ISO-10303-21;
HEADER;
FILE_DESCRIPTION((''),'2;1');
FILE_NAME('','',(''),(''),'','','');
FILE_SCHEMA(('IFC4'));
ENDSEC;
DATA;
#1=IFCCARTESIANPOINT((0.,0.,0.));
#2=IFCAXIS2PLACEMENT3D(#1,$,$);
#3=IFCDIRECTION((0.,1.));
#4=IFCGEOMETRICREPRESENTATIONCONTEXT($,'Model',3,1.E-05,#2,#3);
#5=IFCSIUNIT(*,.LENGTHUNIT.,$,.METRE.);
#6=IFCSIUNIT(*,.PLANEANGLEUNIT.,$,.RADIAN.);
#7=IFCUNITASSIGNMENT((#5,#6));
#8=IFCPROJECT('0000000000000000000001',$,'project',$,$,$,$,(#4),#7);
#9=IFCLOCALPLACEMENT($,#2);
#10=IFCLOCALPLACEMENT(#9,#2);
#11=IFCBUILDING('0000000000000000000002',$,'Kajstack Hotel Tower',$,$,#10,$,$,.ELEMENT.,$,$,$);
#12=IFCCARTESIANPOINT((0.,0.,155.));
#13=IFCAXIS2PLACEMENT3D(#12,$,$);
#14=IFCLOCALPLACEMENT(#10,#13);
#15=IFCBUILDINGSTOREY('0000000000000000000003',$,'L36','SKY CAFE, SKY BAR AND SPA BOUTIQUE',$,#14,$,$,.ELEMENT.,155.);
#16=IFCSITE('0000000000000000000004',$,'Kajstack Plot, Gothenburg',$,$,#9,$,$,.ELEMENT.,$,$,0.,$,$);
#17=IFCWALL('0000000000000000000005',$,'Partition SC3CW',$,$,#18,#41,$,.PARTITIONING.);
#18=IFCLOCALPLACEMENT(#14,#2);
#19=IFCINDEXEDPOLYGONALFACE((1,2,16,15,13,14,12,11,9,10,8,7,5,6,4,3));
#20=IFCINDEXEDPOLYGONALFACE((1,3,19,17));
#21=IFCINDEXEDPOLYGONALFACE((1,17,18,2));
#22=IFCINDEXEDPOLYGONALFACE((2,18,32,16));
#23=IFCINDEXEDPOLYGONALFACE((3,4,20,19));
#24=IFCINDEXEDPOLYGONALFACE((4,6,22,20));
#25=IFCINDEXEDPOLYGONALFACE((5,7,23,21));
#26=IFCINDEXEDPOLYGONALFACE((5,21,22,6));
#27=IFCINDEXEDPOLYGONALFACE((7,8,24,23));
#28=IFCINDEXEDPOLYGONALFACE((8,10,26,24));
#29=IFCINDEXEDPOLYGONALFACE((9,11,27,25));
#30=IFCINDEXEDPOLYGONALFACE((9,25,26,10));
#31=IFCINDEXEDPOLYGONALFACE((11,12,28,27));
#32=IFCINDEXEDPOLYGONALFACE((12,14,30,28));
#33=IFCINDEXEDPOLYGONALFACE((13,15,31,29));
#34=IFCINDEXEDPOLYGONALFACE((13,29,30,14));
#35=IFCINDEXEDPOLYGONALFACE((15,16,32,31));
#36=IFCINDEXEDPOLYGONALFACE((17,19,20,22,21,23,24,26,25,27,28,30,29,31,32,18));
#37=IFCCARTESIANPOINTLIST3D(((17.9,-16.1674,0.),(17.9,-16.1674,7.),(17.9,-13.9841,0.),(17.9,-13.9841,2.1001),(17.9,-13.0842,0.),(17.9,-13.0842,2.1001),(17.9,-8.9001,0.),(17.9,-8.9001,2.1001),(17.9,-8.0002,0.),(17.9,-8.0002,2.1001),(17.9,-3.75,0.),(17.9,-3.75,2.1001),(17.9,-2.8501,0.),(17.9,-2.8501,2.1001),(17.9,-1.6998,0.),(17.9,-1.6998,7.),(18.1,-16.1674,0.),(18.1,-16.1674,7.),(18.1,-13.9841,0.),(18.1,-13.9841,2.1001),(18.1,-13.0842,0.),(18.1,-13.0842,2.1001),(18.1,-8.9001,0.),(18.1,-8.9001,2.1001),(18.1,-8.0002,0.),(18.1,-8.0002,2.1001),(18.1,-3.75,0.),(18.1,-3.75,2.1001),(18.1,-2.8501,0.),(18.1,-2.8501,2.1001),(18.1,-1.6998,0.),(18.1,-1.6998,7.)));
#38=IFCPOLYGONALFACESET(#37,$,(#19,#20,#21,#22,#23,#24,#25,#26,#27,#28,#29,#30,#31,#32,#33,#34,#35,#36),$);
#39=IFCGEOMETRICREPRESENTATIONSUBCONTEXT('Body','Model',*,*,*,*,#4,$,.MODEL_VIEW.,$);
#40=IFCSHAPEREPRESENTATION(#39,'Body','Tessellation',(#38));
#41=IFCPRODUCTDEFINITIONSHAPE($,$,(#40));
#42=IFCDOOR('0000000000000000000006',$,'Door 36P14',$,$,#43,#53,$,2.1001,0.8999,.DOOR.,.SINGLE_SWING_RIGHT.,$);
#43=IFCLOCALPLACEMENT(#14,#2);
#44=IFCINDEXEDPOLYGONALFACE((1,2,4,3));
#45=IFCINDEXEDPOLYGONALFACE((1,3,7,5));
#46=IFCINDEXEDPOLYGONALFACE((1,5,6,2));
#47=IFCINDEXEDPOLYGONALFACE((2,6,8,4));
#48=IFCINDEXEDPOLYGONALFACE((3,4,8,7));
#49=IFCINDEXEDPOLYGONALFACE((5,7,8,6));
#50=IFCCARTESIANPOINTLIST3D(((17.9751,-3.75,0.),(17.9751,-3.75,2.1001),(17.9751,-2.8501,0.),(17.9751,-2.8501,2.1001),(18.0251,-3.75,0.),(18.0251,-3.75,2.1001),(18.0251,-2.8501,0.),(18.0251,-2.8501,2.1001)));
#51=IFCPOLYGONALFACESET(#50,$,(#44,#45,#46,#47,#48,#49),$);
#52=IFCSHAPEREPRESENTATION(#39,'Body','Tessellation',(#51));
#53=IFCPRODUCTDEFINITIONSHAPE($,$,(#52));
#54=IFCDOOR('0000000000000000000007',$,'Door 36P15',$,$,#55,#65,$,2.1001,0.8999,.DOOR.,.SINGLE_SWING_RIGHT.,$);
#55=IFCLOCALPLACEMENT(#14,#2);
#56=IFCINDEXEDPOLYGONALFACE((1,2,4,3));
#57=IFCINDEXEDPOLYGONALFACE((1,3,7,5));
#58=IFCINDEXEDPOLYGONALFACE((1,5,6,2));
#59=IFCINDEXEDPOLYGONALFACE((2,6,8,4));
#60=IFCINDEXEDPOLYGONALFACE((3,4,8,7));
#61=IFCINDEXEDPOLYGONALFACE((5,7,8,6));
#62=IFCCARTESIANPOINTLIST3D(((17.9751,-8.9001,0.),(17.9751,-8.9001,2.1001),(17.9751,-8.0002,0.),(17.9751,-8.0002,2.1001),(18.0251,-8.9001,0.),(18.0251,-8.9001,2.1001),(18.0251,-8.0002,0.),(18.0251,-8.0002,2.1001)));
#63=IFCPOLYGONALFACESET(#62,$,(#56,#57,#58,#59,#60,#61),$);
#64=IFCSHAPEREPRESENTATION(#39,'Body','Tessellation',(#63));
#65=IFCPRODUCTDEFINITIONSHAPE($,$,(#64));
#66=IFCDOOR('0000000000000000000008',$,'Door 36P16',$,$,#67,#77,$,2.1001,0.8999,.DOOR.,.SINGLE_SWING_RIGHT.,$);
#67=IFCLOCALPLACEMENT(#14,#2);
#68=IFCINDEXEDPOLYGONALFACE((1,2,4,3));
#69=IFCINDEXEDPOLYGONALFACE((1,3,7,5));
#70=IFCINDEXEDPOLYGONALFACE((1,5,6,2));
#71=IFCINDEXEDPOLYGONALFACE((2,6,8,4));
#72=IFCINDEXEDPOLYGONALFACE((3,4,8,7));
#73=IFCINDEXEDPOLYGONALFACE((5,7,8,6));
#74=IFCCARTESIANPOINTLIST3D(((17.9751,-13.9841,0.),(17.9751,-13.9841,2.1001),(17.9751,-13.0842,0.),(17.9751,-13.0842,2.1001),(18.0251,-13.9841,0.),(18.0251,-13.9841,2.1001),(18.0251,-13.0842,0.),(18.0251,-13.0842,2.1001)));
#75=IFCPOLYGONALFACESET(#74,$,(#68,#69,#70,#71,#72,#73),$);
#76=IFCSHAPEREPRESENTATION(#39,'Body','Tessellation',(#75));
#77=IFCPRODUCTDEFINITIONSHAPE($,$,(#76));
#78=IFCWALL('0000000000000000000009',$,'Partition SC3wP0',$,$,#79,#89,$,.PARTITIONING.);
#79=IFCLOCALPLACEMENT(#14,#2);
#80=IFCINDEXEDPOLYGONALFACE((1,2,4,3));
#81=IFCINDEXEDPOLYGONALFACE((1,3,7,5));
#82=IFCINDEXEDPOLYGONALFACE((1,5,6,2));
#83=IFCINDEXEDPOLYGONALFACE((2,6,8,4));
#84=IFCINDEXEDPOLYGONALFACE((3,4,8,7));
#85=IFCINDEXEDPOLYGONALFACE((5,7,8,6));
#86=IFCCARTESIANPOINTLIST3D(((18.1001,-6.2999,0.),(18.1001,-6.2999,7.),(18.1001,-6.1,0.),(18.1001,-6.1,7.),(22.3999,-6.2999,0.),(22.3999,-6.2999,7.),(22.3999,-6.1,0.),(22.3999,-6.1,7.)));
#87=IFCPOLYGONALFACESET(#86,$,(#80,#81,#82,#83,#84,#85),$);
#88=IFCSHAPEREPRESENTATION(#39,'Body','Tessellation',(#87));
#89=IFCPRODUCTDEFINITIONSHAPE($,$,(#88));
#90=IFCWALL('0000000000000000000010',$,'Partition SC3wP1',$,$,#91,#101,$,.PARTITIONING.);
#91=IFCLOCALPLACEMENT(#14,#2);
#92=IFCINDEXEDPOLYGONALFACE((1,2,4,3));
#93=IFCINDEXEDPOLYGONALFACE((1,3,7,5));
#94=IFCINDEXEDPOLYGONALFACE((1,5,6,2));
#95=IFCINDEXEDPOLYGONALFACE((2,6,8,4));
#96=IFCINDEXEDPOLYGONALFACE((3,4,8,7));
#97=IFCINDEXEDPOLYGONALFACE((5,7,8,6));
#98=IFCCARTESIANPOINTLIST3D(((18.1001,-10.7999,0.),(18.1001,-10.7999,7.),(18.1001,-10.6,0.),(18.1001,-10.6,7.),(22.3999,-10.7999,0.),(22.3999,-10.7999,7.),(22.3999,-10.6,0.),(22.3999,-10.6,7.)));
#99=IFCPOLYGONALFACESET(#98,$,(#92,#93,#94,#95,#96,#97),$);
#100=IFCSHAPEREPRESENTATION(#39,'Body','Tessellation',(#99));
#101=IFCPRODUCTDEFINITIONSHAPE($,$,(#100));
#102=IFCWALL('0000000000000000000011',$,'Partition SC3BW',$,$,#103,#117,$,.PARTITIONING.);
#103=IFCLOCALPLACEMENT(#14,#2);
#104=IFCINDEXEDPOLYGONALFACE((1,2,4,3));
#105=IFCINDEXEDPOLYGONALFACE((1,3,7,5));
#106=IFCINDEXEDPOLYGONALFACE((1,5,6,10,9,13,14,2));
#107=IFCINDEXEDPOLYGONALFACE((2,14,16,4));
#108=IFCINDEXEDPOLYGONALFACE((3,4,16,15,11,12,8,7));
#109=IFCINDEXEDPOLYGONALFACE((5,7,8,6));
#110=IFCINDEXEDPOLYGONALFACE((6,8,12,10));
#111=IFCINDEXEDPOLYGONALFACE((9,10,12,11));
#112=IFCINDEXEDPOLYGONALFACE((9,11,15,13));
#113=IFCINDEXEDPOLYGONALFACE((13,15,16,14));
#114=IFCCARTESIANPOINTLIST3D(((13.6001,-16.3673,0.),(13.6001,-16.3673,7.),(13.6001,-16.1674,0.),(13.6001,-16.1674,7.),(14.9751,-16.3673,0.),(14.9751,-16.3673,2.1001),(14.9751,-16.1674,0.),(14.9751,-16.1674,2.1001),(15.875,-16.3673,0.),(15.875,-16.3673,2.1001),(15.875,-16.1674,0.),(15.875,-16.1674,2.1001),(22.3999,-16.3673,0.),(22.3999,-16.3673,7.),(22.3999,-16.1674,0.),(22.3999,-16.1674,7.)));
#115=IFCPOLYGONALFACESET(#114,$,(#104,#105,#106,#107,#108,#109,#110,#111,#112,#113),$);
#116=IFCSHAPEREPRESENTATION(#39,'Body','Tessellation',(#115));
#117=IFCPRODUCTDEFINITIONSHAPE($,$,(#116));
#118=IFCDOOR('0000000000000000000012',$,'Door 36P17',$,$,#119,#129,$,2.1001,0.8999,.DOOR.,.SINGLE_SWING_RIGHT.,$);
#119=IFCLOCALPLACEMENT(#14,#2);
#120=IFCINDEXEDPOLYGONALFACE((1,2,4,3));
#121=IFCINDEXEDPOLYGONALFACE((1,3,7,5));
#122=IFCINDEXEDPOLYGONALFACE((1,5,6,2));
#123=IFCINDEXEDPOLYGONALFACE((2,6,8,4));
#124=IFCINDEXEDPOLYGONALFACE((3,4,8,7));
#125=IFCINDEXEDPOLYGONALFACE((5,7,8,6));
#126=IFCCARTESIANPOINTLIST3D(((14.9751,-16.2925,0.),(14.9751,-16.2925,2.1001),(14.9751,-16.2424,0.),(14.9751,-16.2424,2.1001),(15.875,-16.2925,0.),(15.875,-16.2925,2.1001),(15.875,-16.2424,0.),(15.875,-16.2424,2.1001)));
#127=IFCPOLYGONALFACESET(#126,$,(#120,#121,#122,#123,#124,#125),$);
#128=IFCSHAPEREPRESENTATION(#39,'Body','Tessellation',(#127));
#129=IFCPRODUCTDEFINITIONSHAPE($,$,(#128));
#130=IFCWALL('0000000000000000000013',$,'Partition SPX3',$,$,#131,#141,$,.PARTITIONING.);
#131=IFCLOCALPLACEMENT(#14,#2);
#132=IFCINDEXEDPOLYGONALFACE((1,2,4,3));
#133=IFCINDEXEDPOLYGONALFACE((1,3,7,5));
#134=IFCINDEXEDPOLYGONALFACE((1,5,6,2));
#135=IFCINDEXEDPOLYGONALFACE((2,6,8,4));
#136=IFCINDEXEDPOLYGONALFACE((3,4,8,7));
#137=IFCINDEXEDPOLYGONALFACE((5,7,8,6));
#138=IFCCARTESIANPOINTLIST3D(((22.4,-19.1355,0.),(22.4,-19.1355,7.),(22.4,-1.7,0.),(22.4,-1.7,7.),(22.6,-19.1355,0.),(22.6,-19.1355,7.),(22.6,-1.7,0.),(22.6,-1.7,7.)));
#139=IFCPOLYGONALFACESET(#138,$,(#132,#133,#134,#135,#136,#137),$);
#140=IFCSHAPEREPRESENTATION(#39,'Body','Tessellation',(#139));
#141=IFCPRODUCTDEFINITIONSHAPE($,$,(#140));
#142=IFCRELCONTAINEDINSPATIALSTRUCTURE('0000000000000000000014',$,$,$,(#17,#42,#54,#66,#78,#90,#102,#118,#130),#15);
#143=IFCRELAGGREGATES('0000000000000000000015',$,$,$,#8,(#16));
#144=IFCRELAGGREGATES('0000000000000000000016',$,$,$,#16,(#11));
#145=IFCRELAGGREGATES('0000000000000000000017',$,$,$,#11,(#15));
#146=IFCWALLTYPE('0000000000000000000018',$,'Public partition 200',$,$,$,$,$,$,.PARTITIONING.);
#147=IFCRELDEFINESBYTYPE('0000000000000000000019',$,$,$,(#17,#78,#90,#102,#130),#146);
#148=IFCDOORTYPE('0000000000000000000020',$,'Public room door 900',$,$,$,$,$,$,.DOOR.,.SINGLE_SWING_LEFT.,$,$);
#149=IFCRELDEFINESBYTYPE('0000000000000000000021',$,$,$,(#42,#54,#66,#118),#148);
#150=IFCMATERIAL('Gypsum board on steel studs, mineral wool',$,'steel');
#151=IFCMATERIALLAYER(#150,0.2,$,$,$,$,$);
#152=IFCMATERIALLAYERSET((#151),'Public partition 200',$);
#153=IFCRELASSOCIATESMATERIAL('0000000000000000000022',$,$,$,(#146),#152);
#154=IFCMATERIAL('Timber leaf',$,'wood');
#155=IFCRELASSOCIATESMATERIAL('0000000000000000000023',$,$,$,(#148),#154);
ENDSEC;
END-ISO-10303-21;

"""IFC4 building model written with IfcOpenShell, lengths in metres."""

from ifc_helpers import new_model, si_unit, direction, frame, frame_2d, origin, place, context, subcontext, project, spatial, rectangle, extrude, material, layer, layer_set, type_object, element, fill, save


model = new_model("IFC4")

# Units and contexts
model_context = context("Model", 3, precision=1e-05, world=origin(), true_north=direction((0.0, 1.0)))
body_context = subcontext(model_context, "Body", "Model", "MODEL_VIEW")
ifc_project = project(units=[si_unit("LENGTHUNIT", "METRE"), si_unit("PLANEANGLEUNIT", "RADIAN")], contexts=[model_context])

# Site, building, storey
site_placement = place(None, origin())
site = spatial("IfcSite", under=ifc_project, at=site_placement, Name="Kajstack Plot, Gothenburg", CompositionType="ELEMENT", RefElevation=0.0)
building_placement = place(site_placement, origin())
building = spatial("IfcBuilding", under=site, at=building_placement, Name="Kajstack Hotel Tower", CompositionType="ELEMENT")
storey_placement = place(building_placement, frame((0.0, 0.0, 155.0)))
storey = spatial("IfcBuildingStorey", under=building, at=storey_placement, Name="L36", Description="SKY CAFE, SKY BAR AND SPA BOUTIQUE", CompositionType="ELEMENT", Elevation=155.0)

# Wall, openings, doors
ifc_material_1 = material(Name="Gypsum board on steel studs, mineral wool", Category="steel")
ifc_layer_1 = layer(ifc_material_1, 0.2)
ifc_layer_set_1 = layer_set([ifc_layer_1], Name="Public partition 200")
wall_type = type_object("IfcWallType", Name="Public partition 200", PredefinedType="PARTITIONING", material=ifc_layer_set_1)
wall_1_placement = place(storey_placement, frame((18.0, -16.1675, 0.0), z_axis=(0.0, 0.0, 1.0), x_axis=(0.0, 1.0, 0.0)))
wall_1 = element("IfcWall", 1, at=wall_1_placement, inside=storey, type_object=wall_type, Name="Partition SC3CW", PredefinedType="PARTITIONING", context=body_context, shape_type="SweptSolid", body=[
    extrude(rectangle(XDim=14.4675, YDim=0.2, at=frame_2d((7.2339, 0.0))), origin(), (0.0, 0.0, 1.0), 7.0),
])
opening_1_placement = place(wall_1_placement, frame((12.4175, 0.0, 0.0)))
opening_1 = element("IfcOpeningElement", 2, at=opening_1_placement, cuts=wall_1, PredefinedType="OPENING", context=body_context, shape_type="SweptSolid", body=[
    extrude(rectangle(XDim=0.8999, YDim=2.1001, at=frame_2d((0.45, 1.05))), frame((0.0, 0.1099, 0.0), z_axis=(0.0, -1.0, 0.0), x_axis=(1.0, 0.0, 0.0)), (0.0, 0.0, 1.0), 0.22),
])
opening_2_placement = place(wall_1_placement, frame((7.2673, 0.0, 0.0)))
opening_2 = element("IfcOpeningElement", 3, at=opening_2_placement, cuts=wall_1, PredefinedType="OPENING", context=body_context, shape_type="SweptSolid", body=[
    extrude(rectangle(XDim=0.8999, YDim=2.1001, at=frame_2d((0.45, 1.05))), frame((0.0, 0.1099, 0.0), z_axis=(0.0, -1.0, 0.0), x_axis=(1.0, 0.0, 0.0)), (0.0, 0.0, 1.0), 0.22),
])
opening_3_placement = place(wall_1_placement, frame((2.1833, 0.0, 0.0)))
opening_3 = element("IfcOpeningElement", 4, at=opening_3_placement, cuts=wall_1, PredefinedType="OPENING", context=body_context, shape_type="SweptSolid", body=[
    extrude(rectangle(XDim=0.8999, YDim=2.1001, at=frame_2d((0.45, 1.05))), frame((0.0, 0.1099, 0.0), z_axis=(0.0, -1.0, 0.0), x_axis=(1.0, 0.0, 0.0)), (0.0, 0.0, 1.0), 0.22),
])
ifc_material_2 = material(Name="Timber leaf", Category="wood")
door_type = type_object("IfcDoorType", Name="Public room door 900", OperationType="SINGLE_SWING_LEFT", PredefinedType="DOOR", material=ifc_material_2)
door_1_placement = place(opening_1_placement, origin())
door_1 = element("IfcDoor", 5, at=door_1_placement, inside=storey, type_object=door_type, Name="Door 36P14", OperationType="SINGLE_SWING_RIGHT", OverallHeight=2.1001, OverallWidth=0.8999, PredefinedType="DOOR", context=body_context, shape_type="SweptSolid", body=[
    extrude(rectangle(XDim=0.8999, YDim=2.1001, at=frame_2d((0.45, 1.05))), frame((0.0, 0.0249, 0.0), z_axis=(0.0, -1.0, 0.0), x_axis=(1.0, 0.0, 0.0)), (0.0, 0.0, 1.0), 0.05),
])
fill(opening_1, door_1)
door_2_placement = place(opening_2_placement, origin())
door_2 = element("IfcDoor", 6, at=door_2_placement, inside=storey, type_object=door_type, Name="Door 36P15", OperationType="SINGLE_SWING_RIGHT", OverallHeight=2.1001, OverallWidth=0.8999, PredefinedType="DOOR", context=body_context, shape_type="SweptSolid", body=[
    extrude(rectangle(XDim=0.8999, YDim=2.1001, at=frame_2d((0.45, 1.05))), frame((0.0, 0.0249, 0.0), z_axis=(0.0, -1.0, 0.0), x_axis=(1.0, 0.0, 0.0)), (0.0, 0.0, 1.0), 0.05),
])
fill(opening_2, door_2)
door_3_placement = place(opening_3_placement, origin())
door_3 = element("IfcDoor", 7, at=door_3_placement, inside=storey, type_object=door_type, Name="Door 36P16", OperationType="SINGLE_SWING_RIGHT", OverallHeight=2.1001, OverallWidth=0.8999, PredefinedType="DOOR", context=body_context, shape_type="SweptSolid", body=[
    extrude(rectangle(XDim=0.8999, YDim=2.1001, at=frame_2d((0.45, 1.05))), frame((0.0, 0.0249, 0.0), z_axis=(0.0, -1.0, 0.0), x_axis=(1.0, 0.0, 0.0)), (0.0, 0.0, 1.0), 0.05),
])
fill(opening_3, door_3)

# Walls
for number, where, z_axis, x_axis, name in (
    (8, (18.1001, -6.2, 0.0), (0.0, 0.0, 1.0), (1.0, 0.0, 0.0), "Partition SC3wP0"),
    (9, (18.1001, -10.7, 0.0), (0.0, 0.0, 1.0), (1.0, 0.0, 0.0), "Partition SC3wP1"),
):
    element("IfcWall", number, at=place(storey_placement, frame(where, z_axis=z_axis, x_axis=x_axis)), inside=storey, type_object=wall_type, Name=name, PredefinedType="PARTITIONING", context=body_context, shape_type="SweptSolid", body=[
        extrude(rectangle(XDim=4.2998, YDim=0.2, at=frame_2d((2.1499, 0.0))), origin(), (0.0, 0.0, 1.0), 7.0),
    ])

# Wall, opening, door
wall_2_placement = place(storey_placement, frame((13.6001, -16.2673, 0.0), z_axis=(0.0, 0.0, 1.0), x_axis=(1.0, 0.0, 0.0)))
wall_2 = element("IfcWall", 10, at=wall_2_placement, inside=storey, type_object=wall_type, Name="Partition SC3BW", PredefinedType="PARTITIONING", context=body_context, shape_type="SweptSolid", body=[
    extrude(rectangle(XDim=8.7998, YDim=0.2, at=frame_2d((4.3999, 0.0))), origin(), (0.0, 0.0, 1.0), 7.0),
])
opening_4_placement = place(wall_2_placement, frame((1.375, 0.0, 0.0)))
opening_4 = element("IfcOpeningElement", 11, at=opening_4_placement, cuts=wall_2, PredefinedType="OPENING", context=body_context, shape_type="SweptSolid", body=[
    extrude(rectangle(XDim=0.8999, YDim=2.1001, at=frame_2d((0.45, 1.05))), frame((0.0, 0.1099, 0.0), z_axis=(0.0, -1.0, 0.0), x_axis=(1.0, 0.0, 0.0)), (0.0, 0.0, 1.0), 0.22),
])
door_4_placement = place(opening_4_placement, origin())
door_4 = element("IfcDoor", 12, at=door_4_placement, inside=storey, type_object=door_type, Name="Door 36P17", OperationType="SINGLE_SWING_RIGHT", OverallHeight=2.1001, OverallWidth=0.8999, PredefinedType="DOOR", context=body_context, shape_type="SweptSolid", body=[
    extrude(rectangle(XDim=0.8999, YDim=2.1001, at=frame_2d((0.45, 1.05))), frame((0.0, 0.0249, 0.0), z_axis=(0.0, -1.0, 0.0), x_axis=(1.0, 0.0, 0.0)), (0.0, 0.0, 1.0), 0.05),
])
fill(opening_4, door_4)

# Wall
wall_3_placement = place(storey_placement, frame((22.5, -19.1355, 0.0), z_axis=(0.0, 0.0, 1.0), x_axis=(0.0, 1.0, 0.0)))
element("IfcWall", 13, at=wall_3_placement, inside=storey, type_object=wall_type, Name="Partition SPX3", PredefinedType="PARTITIONING", context=body_context, shape_type="SweptSolid", body=[
    extrude(rectangle(XDim=17.4355, YDim=0.2, at=frame_2d((8.7178, 0.0))), origin(), (0.0, 0.0, 1.0), 7.0),
])

save(model, "model.ifc")
